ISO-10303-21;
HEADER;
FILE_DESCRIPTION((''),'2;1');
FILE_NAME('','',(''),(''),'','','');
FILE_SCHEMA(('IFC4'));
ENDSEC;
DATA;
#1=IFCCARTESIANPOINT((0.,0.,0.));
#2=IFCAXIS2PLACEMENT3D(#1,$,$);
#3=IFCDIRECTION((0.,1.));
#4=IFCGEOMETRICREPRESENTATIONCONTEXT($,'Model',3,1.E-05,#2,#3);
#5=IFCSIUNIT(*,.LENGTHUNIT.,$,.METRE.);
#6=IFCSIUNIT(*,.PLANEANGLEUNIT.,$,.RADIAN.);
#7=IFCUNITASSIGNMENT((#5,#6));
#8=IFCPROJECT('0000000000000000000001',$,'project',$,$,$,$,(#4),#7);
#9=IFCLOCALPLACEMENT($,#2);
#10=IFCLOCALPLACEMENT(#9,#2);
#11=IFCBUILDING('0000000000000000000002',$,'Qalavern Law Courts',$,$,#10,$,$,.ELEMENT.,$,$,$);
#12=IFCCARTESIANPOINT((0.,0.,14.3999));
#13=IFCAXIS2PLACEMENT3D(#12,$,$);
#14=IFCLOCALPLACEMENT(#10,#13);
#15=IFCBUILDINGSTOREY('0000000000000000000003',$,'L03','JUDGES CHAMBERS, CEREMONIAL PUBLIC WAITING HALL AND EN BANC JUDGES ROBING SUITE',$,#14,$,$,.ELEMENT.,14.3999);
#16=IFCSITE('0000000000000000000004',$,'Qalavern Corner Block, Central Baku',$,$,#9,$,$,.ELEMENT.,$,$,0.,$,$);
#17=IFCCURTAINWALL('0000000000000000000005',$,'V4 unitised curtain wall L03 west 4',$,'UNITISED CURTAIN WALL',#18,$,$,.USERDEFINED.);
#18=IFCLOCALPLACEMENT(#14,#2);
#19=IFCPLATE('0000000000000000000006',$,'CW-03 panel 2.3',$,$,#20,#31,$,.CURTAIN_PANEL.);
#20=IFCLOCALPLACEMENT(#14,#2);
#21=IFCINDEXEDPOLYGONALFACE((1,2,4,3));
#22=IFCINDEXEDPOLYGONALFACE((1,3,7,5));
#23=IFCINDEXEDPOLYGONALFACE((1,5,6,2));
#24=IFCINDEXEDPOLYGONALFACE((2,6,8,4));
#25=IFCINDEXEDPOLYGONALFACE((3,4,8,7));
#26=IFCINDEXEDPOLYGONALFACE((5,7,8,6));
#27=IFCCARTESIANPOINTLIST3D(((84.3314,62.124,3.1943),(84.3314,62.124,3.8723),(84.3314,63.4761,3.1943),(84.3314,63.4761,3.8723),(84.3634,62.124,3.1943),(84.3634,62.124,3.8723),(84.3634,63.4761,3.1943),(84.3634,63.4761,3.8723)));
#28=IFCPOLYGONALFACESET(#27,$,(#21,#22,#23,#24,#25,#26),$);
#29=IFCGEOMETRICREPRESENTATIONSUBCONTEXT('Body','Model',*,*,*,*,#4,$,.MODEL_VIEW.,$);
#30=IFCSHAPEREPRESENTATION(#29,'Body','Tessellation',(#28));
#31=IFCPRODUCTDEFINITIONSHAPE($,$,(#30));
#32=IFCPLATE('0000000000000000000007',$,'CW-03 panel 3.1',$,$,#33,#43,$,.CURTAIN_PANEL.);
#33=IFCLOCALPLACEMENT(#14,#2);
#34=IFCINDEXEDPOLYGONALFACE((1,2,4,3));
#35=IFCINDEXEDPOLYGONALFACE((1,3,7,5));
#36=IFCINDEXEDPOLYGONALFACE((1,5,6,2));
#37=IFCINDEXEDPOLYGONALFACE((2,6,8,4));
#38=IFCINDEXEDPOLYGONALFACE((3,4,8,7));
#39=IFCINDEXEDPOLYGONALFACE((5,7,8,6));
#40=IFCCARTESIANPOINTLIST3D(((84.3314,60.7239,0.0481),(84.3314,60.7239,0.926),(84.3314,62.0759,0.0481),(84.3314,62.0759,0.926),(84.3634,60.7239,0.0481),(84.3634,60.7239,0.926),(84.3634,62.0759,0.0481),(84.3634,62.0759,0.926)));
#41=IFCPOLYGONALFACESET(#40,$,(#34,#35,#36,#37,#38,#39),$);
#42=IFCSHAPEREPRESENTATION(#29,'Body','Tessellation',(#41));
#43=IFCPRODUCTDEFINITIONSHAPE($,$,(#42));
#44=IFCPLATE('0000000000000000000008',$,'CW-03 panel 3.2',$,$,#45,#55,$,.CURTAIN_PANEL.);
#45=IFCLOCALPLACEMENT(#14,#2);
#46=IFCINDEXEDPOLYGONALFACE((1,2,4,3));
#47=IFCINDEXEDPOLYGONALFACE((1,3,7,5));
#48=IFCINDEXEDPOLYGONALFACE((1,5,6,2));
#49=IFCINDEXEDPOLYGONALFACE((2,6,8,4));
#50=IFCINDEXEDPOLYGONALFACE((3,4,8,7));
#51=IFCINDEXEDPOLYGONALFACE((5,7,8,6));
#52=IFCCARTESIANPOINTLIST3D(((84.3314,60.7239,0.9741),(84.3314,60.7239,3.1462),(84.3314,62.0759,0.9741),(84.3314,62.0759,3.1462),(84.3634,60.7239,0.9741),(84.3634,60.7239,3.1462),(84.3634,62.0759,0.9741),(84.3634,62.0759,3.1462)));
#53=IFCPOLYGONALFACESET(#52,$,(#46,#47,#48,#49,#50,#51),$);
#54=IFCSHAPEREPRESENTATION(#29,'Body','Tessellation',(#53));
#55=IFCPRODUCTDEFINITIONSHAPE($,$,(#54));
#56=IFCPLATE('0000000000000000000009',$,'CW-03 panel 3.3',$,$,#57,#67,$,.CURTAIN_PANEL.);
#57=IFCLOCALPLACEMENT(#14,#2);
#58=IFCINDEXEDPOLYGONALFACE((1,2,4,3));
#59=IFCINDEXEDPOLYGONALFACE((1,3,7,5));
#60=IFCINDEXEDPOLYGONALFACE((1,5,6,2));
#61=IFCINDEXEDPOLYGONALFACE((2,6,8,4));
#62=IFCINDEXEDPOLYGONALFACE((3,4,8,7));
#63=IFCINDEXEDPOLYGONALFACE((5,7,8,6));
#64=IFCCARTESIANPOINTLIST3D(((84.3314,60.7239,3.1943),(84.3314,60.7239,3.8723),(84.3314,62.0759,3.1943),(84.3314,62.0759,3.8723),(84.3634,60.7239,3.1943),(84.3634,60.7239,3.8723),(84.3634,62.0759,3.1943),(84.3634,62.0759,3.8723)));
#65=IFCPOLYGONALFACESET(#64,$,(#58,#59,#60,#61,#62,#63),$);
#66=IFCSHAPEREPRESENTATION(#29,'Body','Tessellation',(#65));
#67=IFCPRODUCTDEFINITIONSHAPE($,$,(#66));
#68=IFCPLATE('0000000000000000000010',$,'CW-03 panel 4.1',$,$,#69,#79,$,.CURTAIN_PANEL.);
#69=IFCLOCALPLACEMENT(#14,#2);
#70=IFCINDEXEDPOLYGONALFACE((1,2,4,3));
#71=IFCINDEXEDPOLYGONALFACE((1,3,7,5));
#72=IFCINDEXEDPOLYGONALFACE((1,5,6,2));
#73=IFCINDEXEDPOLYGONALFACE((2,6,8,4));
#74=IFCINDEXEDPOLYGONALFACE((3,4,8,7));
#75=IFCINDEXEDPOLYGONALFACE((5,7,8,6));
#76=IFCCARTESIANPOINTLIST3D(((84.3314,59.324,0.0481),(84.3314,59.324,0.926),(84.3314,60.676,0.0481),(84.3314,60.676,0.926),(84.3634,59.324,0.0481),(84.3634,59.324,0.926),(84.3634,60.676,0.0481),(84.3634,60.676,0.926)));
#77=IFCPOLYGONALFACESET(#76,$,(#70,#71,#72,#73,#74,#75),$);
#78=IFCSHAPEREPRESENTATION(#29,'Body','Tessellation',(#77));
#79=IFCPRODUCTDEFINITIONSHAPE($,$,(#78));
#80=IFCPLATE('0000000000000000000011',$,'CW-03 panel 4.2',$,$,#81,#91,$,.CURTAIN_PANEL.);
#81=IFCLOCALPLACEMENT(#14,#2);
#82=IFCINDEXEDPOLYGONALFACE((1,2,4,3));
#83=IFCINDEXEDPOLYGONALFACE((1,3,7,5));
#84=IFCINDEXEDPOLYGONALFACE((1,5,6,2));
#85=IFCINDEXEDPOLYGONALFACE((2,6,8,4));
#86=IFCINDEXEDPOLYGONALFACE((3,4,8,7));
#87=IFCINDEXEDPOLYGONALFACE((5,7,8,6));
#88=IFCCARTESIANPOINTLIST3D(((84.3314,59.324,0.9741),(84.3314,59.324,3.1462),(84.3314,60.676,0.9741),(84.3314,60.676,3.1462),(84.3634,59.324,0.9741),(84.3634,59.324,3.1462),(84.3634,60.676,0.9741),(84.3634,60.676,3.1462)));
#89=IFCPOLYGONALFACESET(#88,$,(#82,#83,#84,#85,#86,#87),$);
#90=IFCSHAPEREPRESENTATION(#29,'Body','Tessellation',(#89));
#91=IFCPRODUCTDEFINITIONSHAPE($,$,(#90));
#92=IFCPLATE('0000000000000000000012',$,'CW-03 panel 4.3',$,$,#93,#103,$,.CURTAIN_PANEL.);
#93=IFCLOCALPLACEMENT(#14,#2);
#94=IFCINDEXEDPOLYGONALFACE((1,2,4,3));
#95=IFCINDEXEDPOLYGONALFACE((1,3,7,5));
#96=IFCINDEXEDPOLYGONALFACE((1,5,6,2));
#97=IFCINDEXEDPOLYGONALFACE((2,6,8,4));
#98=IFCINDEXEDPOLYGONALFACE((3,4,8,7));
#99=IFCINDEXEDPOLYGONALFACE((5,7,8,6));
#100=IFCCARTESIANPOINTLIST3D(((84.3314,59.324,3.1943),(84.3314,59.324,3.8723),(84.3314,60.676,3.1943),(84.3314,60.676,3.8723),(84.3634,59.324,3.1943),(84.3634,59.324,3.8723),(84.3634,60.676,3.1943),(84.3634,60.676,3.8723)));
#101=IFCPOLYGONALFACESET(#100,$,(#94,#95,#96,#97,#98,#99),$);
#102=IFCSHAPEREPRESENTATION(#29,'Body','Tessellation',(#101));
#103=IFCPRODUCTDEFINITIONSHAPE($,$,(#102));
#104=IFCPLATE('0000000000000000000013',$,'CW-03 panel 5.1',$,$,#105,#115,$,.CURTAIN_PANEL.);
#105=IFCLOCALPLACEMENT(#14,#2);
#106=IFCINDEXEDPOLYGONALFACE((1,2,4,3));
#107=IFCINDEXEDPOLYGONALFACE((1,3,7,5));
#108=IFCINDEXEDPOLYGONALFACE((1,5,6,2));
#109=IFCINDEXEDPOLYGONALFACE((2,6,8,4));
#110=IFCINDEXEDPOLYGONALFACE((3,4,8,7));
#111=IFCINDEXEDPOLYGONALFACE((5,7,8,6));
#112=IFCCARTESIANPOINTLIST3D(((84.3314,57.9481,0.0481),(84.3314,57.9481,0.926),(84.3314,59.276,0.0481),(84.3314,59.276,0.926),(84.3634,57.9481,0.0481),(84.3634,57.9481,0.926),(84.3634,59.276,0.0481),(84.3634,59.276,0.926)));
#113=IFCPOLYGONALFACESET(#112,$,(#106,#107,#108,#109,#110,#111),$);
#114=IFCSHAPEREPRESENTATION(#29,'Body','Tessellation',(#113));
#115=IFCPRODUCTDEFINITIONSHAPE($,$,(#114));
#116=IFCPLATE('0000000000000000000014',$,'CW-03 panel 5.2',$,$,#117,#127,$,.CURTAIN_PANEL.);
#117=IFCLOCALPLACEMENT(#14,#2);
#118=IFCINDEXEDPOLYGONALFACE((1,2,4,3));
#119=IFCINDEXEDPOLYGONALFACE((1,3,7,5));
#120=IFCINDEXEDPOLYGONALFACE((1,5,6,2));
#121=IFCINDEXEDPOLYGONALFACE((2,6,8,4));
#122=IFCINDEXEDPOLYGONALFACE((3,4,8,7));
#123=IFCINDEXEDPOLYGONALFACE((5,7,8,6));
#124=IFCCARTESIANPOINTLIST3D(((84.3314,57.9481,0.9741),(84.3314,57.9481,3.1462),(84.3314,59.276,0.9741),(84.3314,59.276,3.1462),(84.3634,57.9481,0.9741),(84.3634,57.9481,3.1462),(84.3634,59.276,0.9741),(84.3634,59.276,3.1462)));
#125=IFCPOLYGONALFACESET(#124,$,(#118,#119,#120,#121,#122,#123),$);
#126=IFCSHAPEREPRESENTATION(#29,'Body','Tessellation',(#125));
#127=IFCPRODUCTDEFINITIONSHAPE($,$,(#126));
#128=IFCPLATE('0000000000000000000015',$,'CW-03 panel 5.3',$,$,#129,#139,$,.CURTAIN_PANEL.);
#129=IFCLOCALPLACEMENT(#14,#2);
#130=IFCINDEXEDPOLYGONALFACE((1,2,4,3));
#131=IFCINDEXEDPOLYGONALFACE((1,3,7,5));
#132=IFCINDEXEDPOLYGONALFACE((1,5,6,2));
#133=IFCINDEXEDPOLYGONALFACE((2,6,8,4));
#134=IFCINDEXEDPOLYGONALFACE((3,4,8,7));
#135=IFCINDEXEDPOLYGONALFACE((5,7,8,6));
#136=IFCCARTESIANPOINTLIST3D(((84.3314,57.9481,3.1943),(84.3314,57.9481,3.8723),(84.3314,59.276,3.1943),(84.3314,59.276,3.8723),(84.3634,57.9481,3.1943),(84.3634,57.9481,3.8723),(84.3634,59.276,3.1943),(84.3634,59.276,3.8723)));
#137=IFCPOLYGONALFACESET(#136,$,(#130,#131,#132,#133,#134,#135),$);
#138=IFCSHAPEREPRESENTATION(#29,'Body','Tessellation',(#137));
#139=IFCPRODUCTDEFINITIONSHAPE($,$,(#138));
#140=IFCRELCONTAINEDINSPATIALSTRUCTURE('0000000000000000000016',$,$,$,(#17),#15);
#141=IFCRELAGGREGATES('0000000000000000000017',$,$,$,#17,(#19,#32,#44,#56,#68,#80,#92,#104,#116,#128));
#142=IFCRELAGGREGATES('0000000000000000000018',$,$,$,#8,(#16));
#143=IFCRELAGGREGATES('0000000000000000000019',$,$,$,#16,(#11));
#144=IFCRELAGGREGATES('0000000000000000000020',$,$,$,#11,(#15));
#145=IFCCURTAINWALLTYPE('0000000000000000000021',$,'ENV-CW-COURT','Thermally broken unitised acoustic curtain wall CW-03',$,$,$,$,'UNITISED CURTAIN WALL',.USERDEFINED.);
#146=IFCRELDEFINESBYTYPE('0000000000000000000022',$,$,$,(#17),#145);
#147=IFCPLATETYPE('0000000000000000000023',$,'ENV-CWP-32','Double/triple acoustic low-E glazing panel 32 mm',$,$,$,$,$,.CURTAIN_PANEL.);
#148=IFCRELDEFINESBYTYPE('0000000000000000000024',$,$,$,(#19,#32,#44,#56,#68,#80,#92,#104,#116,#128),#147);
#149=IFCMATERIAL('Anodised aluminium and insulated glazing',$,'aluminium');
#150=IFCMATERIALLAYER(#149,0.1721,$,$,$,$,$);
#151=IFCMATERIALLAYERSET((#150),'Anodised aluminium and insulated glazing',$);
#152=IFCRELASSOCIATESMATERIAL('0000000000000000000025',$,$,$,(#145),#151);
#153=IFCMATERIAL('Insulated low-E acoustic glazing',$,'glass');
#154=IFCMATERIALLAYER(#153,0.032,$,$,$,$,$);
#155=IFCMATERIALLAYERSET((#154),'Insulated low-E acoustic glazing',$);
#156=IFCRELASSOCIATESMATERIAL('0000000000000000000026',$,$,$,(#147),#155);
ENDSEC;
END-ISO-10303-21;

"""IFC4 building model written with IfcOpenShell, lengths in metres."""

from ifc_helpers import new_model, si_unit, direction, frame, origin, origin_2d, place, context, subcontext, project, spatial, rectangle, extrude, material, layer, layer_set, type_object, element, aggregate, save


model = new_model("IFC4")

# Units and contexts
model_context = context("Model", 3, precision=1e-05, world=origin(), true_north=direction((0.0, 1.0)))
body_context = subcontext(model_context, "Body", "Model", "MODEL_VIEW")
ifc_project = project(units=[si_unit("LENGTHUNIT", "METRE"), si_unit("PLANEANGLEUNIT", "RADIAN")], contexts=[model_context])

# Site, building, storey
site_placement = place(None, origin())
site = spatial("IfcSite", under=ifc_project, at=site_placement, Name="Qalavern Corner Block, Central Baku", CompositionType="ELEMENT", RefElevation=0.0)
building_placement = place(site_placement, origin())
building = spatial("IfcBuilding", under=site, at=building_placement, Name="Qalavern Law Courts", CompositionType="ELEMENT")
storey_placement = place(building_placement, frame((0.0, 0.0, 14.3999)))
storey = spatial("IfcBuildingStorey", under=building, at=storey_placement, Name="L03", Description="JUDGES CHAMBERS, CEREMONIAL PUBLIC WAITING HALL AND EN BANC JUDGES ROBING SUITE", CompositionType="ELEMENT", Elevation=14.3999)

# Curtain wall
ifc_material_1 = material(Name="Anodised aluminium and insulated glazing", Category="aluminium")
ifc_layer_1 = layer(ifc_material_1, 0.1721)
ifc_layer_set_1 = layer_set([ifc_layer_1], Name="Anodised aluminium and insulated glazing")
curtain_wall_type = type_object("IfcCurtainWallType", Name="ENV-CW-COURT", Description="Thermally broken unitised acoustic curtain wall CW-03", ElementType="UNITISED CURTAIN WALL", PredefinedType="USERDEFINED", material=ifc_layer_set_1)
curtain_wall_placement = place(storey_placement, origin())
curtain_wall = element("IfcCurtainWall", 1, at=curtain_wall_placement, inside=storey, type_object=curtain_wall_type, Name="V4 unitised curtain wall L03 west 4", ObjectType="UNITISED CURTAIN WALL", PredefinedType="USERDEFINED")

# Plates
ifc_material_2 = material(Name="Insulated low-E acoustic glazing", Category="glass")
ifc_layer_2 = layer(ifc_material_2, 0.032)
ifc_layer_set_2 = layer_set([ifc_layer_2], Name="Insulated low-E acoustic glazing")
plate_type = type_object("IfcPlateType", Name="ENV-CWP-32", Description="Double/triple acoustic low-E glazing panel 32 mm", PredefinedType="CURTAIN_PANEL", material=ifc_layer_set_2)
plate_1_placement = place(storey_placement, frame((84.3474, 62.8, 3.1943), z_axis=(0.0, 0.0, 1.0), x_axis=(0.0, -1.0, 0.0)))
plate_1 = element("IfcPlate", 2, at=plate_1_placement, type_object=plate_type, Name="CW-03 panel 2.3", PredefinedType="CURTAIN_PANEL", context=body_context, shape_type="SweptSolid", body=[
    extrude(rectangle(XDim=1.3521, YDim=0.032, at=origin_2d()), origin(), (0.0, 0.0, 1.0), 0.678),
])
plate_2_placement = place(storey_placement, frame((84.3474, 61.3999, 0.0481), z_axis=(0.0, 0.0, 1.0), x_axis=(0.0, -1.0, 0.0)))
plate_2 = element("IfcPlate", 3, at=plate_2_placement, type_object=plate_type, Name="CW-03 panel 3.1", PredefinedType="CURTAIN_PANEL", context=body_context, shape_type="SweptSolid", body=[
    extrude(rectangle(XDim=1.3521, YDim=0.032, at=origin_2d()), origin(), (0.0, 0.0, 1.0), 0.8779),
])
plate_3_placement = place(storey_placement, frame((84.3474, 61.3999, 0.9741), z_axis=(0.0, 0.0, 1.0), x_axis=(0.0, -1.0, 0.0)))
plate_3 = element("IfcPlate", 4, at=plate_3_placement, type_object=plate_type, Name="CW-03 panel 3.2", PredefinedType="CURTAIN_PANEL", context=body_context, shape_type="SweptSolid", body=[
    extrude(rectangle(XDim=1.3521, YDim=0.032, at=origin_2d()), origin(), (0.0, 0.0, 1.0), 2.1721),
])
plate_4_placement = place(storey_placement, frame((84.3474, 61.3999, 3.1943), z_axis=(0.0, 0.0, 1.0), x_axis=(0.0, -1.0, 0.0)))
plate_4 = element("IfcPlate", 5, at=plate_4_placement, type_object=plate_type, Name="CW-03 panel 3.3", PredefinedType="CURTAIN_PANEL", context=body_context, shape_type="SweptSolid", body=[
    extrude(rectangle(XDim=1.3521, YDim=0.032, at=origin_2d()), origin(), (0.0, 0.0, 1.0), 0.678),
])
plate_5_placement = place(storey_placement, frame((84.3474, 60.0, 0.0481), z_axis=(0.0, 0.0, 1.0), x_axis=(0.0, -1.0, 0.0)))
plate_5 = element("IfcPlate", 6, at=plate_5_placement, type_object=plate_type, Name="CW-03 panel 4.1", PredefinedType="CURTAIN_PANEL", context=body_context, shape_type="SweptSolid", body=[
    extrude(rectangle(XDim=1.3521, YDim=0.032, at=origin_2d()), origin(), (0.0, 0.0, 1.0), 0.8779),
])
plate_6_placement = place(storey_placement, frame((84.3474, 60.0, 0.9741), z_axis=(0.0, 0.0, 1.0), x_axis=(0.0, -1.0, 0.0)))
plate_6 = element("IfcPlate", 7, at=plate_6_placement, type_object=plate_type, Name="CW-03 panel 4.2", PredefinedType="CURTAIN_PANEL", context=body_context, shape_type="SweptSolid", body=[
    extrude(rectangle(XDim=1.3521, YDim=0.032, at=origin_2d()), origin(), (0.0, 0.0, 1.0), 2.1721),
])
plate_7_placement = place(storey_placement, frame((84.3474, 60.0, 3.1943), z_axis=(0.0, 0.0, 1.0), x_axis=(0.0, -1.0, 0.0)))
plate_7 = element("IfcPlate", 8, at=plate_7_placement, type_object=plate_type, Name="CW-03 panel 4.3", PredefinedType="CURTAIN_PANEL", context=body_context, shape_type="SweptSolid", body=[
    extrude(rectangle(XDim=1.3521, YDim=0.032, at=origin_2d()), origin(), (0.0, 0.0, 1.0), 0.678),
])
plate_8_placement = place(storey_placement, frame((84.3474, 58.6121, 0.0481), z_axis=(0.0, 0.0, 1.0), x_axis=(0.0, -1.0, 0.0)))
plate_8 = element("IfcPlate", 9, at=plate_8_placement, type_object=plate_type, Name="CW-03 panel 5.1", PredefinedType="CURTAIN_PANEL", context=body_context, shape_type="SweptSolid", body=[
    extrude(rectangle(XDim=1.3279, YDim=0.032, at=origin_2d()), origin(), (0.0, 0.0, 1.0), 0.8779),
])
plate_9_placement = place(storey_placement, frame((84.3474, 58.6121, 0.9741), z_axis=(0.0, 0.0, 1.0), x_axis=(0.0, -1.0, 0.0)))
plate_9 = element("IfcPlate", 10, at=plate_9_placement, type_object=plate_type, Name="CW-03 panel 5.2", PredefinedType="CURTAIN_PANEL", context=body_context, shape_type="SweptSolid", body=[
    extrude(rectangle(XDim=1.3279, YDim=0.032, at=origin_2d()), origin(), (0.0, 0.0, 1.0), 2.1721),
])
plate_10_placement = place(storey_placement, frame((84.3474, 58.6121, 3.1943), z_axis=(0.0, 0.0, 1.0), x_axis=(0.0, -1.0, 0.0)))
plate_10 = element("IfcPlate", 11, at=plate_10_placement, type_object=plate_type, Name="CW-03 panel 5.3", PredefinedType="CURTAIN_PANEL", context=body_context, shape_type="SweptSolid", body=[
    extrude(rectangle(XDim=1.3279, YDim=0.032, at=origin_2d()), origin(), (0.0, 0.0, 1.0), 0.678),
])
aggregate(curtain_wall, [plate_1, plate_2, plate_3, plate_4, plate_5, plate_6, plate_7, plate_8, plate_9, plate_10])

save(model, "model.ifc")
